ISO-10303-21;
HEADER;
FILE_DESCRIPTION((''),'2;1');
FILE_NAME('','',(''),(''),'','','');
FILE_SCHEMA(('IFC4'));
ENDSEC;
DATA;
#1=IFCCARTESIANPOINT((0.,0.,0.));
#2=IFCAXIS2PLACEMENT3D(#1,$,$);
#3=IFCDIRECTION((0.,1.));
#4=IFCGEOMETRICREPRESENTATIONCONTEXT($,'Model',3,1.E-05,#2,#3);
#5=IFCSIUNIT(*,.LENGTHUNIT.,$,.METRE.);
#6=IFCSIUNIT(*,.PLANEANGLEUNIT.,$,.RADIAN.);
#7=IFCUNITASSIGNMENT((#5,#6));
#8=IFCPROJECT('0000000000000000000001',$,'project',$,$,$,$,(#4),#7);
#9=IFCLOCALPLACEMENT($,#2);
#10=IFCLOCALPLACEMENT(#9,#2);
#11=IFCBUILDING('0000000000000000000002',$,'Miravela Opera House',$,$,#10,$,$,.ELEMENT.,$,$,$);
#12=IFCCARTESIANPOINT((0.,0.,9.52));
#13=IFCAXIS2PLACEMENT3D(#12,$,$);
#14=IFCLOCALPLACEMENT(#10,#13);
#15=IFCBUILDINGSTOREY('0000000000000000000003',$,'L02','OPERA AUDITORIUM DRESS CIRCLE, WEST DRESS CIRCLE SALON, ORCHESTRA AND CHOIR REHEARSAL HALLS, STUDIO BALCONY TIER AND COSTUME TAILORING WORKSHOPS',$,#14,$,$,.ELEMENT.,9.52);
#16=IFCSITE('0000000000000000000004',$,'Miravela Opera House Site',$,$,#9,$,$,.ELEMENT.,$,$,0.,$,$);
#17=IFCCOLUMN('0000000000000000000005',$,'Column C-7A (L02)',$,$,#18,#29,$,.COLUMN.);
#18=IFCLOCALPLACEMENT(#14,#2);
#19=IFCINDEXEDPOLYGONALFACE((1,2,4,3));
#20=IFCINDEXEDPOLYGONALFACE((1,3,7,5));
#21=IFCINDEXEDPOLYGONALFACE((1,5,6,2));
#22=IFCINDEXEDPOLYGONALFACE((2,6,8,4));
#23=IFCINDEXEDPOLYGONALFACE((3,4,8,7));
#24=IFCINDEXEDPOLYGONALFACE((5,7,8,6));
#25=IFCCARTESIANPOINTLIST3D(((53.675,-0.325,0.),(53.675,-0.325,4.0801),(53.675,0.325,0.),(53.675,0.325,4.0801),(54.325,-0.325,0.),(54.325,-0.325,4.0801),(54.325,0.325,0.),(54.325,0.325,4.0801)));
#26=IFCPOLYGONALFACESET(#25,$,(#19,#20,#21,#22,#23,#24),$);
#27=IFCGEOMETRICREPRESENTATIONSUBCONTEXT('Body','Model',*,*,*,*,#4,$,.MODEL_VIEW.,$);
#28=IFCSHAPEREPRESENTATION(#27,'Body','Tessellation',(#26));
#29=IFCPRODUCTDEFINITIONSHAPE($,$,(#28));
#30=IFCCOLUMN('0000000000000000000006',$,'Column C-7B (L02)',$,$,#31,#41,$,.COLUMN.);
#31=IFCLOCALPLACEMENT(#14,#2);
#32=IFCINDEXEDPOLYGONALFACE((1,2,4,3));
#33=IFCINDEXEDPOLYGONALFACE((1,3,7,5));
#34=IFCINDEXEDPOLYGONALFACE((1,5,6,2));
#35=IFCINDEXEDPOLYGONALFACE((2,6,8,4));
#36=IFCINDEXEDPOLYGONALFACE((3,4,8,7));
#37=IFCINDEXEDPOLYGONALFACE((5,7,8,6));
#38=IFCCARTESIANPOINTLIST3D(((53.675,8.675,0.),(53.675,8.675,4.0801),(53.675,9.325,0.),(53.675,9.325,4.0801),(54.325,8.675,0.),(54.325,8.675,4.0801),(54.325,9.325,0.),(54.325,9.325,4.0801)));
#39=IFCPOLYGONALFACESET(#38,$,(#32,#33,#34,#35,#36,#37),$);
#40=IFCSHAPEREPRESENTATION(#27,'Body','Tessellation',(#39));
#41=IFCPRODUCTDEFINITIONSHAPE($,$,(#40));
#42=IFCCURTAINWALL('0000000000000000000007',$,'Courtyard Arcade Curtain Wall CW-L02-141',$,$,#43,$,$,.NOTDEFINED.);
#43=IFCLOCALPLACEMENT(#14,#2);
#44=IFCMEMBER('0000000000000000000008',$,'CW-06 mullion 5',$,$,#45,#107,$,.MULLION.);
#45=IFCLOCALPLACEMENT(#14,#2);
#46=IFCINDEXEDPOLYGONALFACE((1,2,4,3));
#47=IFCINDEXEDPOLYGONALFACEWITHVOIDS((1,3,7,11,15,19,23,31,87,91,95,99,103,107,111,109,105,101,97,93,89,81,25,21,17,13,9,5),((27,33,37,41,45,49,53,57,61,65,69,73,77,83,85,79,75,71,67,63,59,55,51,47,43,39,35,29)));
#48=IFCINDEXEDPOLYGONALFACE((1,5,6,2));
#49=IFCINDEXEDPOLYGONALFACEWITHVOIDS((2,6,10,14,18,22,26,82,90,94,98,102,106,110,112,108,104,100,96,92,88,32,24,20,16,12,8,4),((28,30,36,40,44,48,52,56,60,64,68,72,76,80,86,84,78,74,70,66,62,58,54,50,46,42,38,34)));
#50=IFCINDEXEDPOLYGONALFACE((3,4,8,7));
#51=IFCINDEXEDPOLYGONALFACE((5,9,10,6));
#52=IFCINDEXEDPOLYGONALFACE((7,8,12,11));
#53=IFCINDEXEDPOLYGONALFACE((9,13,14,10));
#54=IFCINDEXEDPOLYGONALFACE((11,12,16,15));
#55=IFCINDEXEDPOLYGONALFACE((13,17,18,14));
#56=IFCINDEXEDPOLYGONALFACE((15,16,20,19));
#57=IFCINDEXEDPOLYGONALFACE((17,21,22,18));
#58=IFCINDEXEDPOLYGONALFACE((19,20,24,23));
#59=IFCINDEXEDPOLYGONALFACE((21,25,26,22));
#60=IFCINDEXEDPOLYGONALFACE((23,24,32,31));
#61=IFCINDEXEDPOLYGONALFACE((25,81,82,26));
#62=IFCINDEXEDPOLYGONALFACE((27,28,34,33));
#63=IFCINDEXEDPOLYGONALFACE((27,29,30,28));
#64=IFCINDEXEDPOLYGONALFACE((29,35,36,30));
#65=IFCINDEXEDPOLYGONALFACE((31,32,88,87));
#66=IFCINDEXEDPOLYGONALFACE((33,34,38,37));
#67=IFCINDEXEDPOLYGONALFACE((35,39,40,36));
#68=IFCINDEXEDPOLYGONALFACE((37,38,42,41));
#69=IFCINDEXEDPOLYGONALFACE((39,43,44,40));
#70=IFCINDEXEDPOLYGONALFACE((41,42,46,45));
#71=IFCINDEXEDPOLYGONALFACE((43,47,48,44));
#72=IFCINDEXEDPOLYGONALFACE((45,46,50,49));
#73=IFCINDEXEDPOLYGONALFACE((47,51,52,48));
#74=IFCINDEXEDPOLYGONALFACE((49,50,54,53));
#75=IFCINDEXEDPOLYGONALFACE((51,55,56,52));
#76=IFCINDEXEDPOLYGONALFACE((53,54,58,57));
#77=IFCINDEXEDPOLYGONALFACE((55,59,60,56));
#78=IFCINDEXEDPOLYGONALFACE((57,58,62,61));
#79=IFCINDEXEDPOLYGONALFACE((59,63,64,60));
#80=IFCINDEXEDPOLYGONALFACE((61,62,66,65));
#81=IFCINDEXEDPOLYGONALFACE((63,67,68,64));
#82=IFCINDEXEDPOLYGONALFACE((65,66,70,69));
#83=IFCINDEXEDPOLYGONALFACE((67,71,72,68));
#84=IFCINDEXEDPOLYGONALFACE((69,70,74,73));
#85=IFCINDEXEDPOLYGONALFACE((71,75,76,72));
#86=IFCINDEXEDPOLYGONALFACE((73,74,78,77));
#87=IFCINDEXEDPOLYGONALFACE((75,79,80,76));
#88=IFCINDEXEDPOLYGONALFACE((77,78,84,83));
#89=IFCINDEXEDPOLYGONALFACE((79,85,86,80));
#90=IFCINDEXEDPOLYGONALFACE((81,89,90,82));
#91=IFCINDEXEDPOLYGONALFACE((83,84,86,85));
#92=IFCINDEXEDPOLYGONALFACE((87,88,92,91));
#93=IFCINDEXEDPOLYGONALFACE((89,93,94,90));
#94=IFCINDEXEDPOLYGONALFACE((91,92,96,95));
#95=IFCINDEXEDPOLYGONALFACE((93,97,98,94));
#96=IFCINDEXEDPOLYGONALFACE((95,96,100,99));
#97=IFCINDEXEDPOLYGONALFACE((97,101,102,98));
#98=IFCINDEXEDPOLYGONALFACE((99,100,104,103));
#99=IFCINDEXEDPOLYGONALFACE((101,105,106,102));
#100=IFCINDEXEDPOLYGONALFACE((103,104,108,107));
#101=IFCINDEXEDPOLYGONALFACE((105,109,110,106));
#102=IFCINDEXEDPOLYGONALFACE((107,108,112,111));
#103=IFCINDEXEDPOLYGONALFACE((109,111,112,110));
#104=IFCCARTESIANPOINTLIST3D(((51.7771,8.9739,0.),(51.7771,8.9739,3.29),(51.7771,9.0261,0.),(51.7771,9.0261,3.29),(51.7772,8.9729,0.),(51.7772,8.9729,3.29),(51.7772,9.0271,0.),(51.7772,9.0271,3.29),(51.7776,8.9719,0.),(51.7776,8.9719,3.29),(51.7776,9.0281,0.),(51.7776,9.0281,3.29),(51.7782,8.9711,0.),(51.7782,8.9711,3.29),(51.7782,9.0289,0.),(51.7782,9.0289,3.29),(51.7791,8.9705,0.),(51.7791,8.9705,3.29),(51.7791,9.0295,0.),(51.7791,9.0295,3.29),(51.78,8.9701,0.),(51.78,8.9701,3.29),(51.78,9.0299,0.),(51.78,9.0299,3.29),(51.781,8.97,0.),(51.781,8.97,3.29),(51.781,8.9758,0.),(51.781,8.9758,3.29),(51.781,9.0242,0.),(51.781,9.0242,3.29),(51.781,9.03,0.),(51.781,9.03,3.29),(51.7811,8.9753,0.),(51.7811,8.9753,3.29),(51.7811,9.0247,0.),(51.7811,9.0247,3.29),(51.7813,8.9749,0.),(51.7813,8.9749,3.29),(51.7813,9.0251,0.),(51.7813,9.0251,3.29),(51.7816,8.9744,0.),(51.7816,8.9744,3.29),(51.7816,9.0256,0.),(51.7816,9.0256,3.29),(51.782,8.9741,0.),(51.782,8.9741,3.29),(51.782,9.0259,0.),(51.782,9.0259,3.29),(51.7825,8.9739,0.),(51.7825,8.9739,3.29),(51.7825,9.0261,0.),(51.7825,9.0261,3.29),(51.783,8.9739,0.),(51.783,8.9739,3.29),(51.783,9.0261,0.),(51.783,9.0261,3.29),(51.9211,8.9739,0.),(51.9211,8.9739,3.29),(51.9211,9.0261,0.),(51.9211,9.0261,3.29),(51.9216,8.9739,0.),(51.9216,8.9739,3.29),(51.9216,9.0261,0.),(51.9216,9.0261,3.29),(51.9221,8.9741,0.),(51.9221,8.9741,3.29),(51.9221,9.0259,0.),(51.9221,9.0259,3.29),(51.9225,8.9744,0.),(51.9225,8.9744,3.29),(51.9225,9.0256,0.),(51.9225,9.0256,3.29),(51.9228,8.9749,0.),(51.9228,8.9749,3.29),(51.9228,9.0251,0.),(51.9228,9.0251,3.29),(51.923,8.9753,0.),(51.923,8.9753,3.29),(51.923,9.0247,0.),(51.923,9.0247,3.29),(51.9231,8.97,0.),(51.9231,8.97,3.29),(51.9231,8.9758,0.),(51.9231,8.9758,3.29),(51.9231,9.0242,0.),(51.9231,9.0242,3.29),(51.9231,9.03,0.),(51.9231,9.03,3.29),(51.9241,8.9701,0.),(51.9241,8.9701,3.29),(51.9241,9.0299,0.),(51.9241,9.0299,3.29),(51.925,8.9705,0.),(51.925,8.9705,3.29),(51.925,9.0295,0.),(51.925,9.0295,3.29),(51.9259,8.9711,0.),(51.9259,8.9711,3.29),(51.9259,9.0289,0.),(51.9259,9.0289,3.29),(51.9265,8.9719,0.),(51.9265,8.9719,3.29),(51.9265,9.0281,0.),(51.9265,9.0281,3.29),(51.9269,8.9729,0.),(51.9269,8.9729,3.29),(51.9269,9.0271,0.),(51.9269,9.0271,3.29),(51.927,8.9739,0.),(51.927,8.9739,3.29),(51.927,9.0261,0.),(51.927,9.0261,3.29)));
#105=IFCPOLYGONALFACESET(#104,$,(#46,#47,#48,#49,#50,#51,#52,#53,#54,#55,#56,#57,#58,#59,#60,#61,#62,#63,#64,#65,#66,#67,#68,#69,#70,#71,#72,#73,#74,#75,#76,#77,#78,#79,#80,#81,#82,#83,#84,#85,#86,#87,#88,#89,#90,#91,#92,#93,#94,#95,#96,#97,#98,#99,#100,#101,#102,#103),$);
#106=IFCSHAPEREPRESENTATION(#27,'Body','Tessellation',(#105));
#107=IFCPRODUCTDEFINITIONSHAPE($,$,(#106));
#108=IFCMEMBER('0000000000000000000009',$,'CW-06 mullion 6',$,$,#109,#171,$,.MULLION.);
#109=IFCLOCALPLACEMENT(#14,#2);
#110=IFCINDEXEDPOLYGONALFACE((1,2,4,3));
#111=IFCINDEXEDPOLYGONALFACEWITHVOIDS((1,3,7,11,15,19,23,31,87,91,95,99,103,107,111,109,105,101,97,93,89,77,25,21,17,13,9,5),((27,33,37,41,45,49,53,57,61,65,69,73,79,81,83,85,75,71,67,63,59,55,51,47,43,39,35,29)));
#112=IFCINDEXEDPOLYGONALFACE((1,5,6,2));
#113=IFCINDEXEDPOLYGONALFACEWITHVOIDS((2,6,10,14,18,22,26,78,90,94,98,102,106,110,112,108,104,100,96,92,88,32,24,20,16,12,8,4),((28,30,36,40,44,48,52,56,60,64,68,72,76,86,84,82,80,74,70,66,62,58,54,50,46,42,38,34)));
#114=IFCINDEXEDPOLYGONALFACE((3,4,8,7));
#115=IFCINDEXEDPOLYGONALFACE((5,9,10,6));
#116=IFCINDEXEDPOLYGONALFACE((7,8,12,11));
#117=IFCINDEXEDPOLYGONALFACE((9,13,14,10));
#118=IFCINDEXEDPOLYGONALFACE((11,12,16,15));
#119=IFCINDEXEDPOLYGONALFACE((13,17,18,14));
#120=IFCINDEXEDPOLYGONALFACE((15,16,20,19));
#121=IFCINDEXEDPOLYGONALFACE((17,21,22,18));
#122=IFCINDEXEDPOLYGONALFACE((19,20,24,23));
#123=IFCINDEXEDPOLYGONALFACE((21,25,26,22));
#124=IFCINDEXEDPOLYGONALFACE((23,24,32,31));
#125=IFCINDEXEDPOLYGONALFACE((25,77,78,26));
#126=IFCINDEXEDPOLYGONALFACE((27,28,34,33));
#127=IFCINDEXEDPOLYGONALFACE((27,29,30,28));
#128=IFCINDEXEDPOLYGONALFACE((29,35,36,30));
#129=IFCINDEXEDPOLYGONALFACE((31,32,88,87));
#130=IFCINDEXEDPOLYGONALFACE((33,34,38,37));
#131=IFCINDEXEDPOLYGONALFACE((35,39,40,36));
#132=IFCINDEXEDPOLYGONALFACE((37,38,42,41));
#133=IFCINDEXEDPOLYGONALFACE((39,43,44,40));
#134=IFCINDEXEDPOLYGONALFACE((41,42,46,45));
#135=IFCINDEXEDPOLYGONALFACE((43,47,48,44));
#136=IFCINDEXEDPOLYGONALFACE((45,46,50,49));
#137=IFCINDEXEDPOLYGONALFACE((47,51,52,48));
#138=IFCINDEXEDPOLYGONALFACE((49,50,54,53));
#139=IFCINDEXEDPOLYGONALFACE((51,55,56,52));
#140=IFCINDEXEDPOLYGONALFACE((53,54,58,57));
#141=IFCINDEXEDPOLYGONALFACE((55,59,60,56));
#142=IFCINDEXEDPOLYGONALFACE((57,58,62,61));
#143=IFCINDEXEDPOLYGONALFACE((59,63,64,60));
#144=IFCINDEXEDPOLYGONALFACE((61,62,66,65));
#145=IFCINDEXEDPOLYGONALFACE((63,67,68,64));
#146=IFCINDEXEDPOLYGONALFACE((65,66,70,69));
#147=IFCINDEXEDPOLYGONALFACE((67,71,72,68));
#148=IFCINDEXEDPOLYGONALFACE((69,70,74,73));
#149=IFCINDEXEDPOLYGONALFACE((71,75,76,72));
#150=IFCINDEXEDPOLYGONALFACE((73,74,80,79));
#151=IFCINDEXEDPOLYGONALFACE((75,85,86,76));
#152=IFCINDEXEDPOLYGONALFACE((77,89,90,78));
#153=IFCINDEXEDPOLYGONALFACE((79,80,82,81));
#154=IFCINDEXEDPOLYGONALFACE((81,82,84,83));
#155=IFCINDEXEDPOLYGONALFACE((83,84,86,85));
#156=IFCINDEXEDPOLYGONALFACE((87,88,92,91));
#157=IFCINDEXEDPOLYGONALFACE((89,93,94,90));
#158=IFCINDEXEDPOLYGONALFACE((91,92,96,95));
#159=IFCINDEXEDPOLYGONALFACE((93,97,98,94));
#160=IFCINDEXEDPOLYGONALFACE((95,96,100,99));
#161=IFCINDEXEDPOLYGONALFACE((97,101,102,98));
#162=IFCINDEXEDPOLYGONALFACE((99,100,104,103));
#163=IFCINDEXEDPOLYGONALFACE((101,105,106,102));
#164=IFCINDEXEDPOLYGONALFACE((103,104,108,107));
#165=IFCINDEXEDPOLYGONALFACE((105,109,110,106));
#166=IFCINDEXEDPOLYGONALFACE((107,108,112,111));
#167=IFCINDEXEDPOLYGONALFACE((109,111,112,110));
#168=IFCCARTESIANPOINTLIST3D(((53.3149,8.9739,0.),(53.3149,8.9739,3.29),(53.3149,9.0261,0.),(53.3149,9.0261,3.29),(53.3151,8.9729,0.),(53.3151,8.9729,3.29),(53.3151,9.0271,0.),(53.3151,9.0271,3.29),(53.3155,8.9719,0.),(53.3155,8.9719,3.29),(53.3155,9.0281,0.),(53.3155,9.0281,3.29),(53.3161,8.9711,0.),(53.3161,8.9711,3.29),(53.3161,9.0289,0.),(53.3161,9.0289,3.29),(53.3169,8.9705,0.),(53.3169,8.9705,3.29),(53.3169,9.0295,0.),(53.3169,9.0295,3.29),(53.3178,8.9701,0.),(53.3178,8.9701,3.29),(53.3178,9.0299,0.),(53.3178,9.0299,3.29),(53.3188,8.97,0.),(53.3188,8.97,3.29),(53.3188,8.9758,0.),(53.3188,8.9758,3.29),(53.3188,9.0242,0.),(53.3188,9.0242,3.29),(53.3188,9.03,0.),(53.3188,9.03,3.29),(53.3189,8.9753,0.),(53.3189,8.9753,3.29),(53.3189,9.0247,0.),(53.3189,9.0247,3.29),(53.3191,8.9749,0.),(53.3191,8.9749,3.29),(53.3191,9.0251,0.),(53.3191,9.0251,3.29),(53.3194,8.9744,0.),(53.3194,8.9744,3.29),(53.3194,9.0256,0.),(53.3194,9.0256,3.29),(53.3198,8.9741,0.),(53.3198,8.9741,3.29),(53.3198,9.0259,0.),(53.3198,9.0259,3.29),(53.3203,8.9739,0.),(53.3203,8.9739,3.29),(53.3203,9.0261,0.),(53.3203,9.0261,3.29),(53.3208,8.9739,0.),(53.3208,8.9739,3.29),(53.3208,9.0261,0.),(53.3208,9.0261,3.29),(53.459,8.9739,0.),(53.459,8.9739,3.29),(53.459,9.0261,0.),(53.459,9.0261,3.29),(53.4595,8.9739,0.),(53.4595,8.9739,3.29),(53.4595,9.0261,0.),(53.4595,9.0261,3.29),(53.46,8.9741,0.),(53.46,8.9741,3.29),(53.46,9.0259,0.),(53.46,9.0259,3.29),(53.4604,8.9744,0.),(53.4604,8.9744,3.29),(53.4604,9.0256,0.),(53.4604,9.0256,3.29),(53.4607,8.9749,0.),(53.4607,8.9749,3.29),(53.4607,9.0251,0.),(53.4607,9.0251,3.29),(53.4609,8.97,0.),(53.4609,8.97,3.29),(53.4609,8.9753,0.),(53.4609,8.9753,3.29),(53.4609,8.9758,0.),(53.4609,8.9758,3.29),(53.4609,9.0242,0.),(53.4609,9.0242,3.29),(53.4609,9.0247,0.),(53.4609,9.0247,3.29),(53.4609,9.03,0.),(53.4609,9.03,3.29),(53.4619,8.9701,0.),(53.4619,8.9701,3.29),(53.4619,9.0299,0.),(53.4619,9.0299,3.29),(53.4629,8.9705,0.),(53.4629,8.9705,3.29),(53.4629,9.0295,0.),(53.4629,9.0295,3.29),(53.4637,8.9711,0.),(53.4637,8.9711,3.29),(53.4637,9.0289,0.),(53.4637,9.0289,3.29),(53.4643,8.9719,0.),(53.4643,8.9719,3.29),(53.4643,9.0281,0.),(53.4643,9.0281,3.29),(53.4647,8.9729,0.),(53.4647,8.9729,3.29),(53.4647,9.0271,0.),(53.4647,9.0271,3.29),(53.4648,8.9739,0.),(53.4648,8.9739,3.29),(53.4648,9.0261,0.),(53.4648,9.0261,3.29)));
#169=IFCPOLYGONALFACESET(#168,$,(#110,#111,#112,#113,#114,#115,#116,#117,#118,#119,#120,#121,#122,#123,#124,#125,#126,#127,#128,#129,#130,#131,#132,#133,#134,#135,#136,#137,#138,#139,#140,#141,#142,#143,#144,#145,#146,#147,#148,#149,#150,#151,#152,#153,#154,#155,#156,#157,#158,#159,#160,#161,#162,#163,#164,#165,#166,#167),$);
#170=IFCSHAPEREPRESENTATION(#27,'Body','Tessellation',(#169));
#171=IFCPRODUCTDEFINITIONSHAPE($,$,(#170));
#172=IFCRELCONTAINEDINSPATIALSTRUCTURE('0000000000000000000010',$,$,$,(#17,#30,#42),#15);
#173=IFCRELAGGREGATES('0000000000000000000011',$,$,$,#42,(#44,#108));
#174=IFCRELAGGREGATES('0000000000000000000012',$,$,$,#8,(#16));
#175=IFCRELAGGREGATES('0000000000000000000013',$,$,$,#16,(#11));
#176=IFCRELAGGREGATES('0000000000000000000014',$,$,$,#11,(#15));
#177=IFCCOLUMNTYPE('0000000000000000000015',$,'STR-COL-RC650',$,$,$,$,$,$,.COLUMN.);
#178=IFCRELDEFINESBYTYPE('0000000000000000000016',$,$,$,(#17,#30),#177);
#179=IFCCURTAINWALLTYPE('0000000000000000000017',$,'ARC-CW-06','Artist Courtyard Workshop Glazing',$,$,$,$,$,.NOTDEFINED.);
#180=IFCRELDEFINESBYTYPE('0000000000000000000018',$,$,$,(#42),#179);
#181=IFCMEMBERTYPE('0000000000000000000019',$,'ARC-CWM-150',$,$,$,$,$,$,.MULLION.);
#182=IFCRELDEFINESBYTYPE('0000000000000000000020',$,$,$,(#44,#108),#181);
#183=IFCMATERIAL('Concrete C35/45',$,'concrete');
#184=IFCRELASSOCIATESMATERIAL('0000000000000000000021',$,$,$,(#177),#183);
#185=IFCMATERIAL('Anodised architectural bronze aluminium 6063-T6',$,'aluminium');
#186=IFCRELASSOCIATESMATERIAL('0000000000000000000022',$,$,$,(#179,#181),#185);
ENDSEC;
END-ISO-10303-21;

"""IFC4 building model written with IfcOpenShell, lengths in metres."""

from ifc_helpers import new_model, si_unit, direction, frame, origin, origin_2d, place, context, subcontext, project, spatial, rectangle, hollow_rectangle, extrude, material, material_profile, profile_set, type_object, element, aggregate, save


model = new_model("IFC4")

# Units and contexts
model_context = context("Model", 3, precision=1e-05, world=origin(), true_north=direction((0.0, 1.0)))
body_context = subcontext(model_context, "Body", "Model", "MODEL_VIEW")
ifc_project = project(units=[si_unit("LENGTHUNIT", "METRE"), si_unit("PLANEANGLEUNIT", "RADIAN")], contexts=[model_context])

# Site, building, storey
site_placement = place(None, origin())
site = spatial("IfcSite", under=ifc_project, at=site_placement, Name="Miravela Opera House Site", CompositionType="ELEMENT", RefElevation=0.0)
building_placement = place(site_placement, origin())
building = spatial("IfcBuilding", under=site, at=building_placement, Name="Miravela Opera House", CompositionType="ELEMENT")
storey_placement = place(building_placement, frame((0.0, 0.0, 9.52)))
storey = spatial("IfcBuildingStorey", under=building, at=storey_placement, Name="L02", Description="OPERA AUDITORIUM DRESS CIRCLE, WEST DRESS CIRCLE SALON, ORCHESTRA AND CHOIR REHEARSAL HALLS, STUDIO BALCONY TIER AND COSTUME TAILORING WORKSHOPS", CompositionType="ELEMENT", Elevation=9.52)

# Columns
ifc_material_1 = material(Name="Concrete C35/45", Category="concrete")
ifc_material_profile_1 = material_profile(ifc_material_1, rectangle(XDim=0.6499, YDim=0.6499, at=origin_2d()), Name="RC-COL-650X650")
ifc_profile_set_1 = profile_set([ifc_material_profile_1])
column_type = type_object("IfcColumnType", Name="STR-COL-RC650", PredefinedType="COLUMN", material=ifc_profile_set_1)
for number, where, z_axis, x_axis, name in (
    (1, (54.0, 0.0, 0.0), (0.0, 0.0, 1.0), (1.0, 0.0, 0.0), "Column C-7A (L02)"),
    (2, (54.0, 9.0, 0.0), (0.0, 0.0, 1.0), (1.0, 0.0, 0.0), "Column C-7B (L02)"),
):
    element("IfcColumn", number, at=place(storey_placement, frame(where, z_axis=z_axis, x_axis=x_axis)), inside=storey, type_object=column_type, Name=name, PredefinedType="COLUMN", context=body_context, shape_type="SweptSolid", body=[
        extrude(rectangle(XDim=0.6499, YDim=0.6499, at=origin_2d()), origin(), (0.0, 0.0, 1.0), 4.0801),
    ])

# Curtain wall, members
ifc_material_2 = material(Name="Anodised architectural bronze aluminium 6063-T6", Category="aluminium")
curtain_wall_type = type_object("IfcCurtainWallType", Name="ARC-CW-06", Description="Artist Courtyard Workshop Glazing", PredefinedType="NOTDEFINED", material=ifc_material_2)
curtain_wall_1_placement = place(storey_placement, origin())
curtain_wall_1 = element("IfcCurtainWall", 3, at=curtain_wall_1_placement, inside=storey, type_object=curtain_wall_type, Name="Courtyard Arcade Curtain Wall CW-L02-141", PredefinedType="NOTDEFINED")
ifc_material_profile_2 = material_profile(ifc_material_2, hollow_rectangle(XDim=0.0601, YDim=0.1499, WallThickness=0.0039, InnerFilletRadius=0.002, OuterFilletRadius=0.0039, at=origin_2d()), Name="CWM-60X150")
ifc_profile_set_2 = profile_set([ifc_material_profile_2])
member_type_1 = type_object("IfcMemberType", Name="ARC-CWM-150", PredefinedType="MULLION", material=ifc_profile_set_2)
member_1_placement = place(storey_placement, frame((51.8521, 9.0, 0.0), z_axis=(0.0, 0.0, 1.0), x_axis=(0.0, 1.0, 0.0)))
member_1 = element("IfcMember", 4, at=member_1_placement, type_object=member_type_1, Name="CW-06 mullion 5", PredefinedType="MULLION", context=body_context, shape_type="SweptSolid", body=[
    extrude(hollow_rectangle(XDim=0.0601, YDim=0.1499, WallThickness=0.0039, InnerFilletRadius=0.002, OuterFilletRadius=0.0039, at=origin_2d()), origin(), (0.0, 0.0, 1.0), 3.29),
])
member_2_placement = place(storey_placement, frame((53.3899, 9.0, 0.0), z_axis=(0.0, 0.0, 1.0), x_axis=(0.0, 1.0, 0.0)))
member_2 = element("IfcMember", 5, at=member_2_placement, type_object=member_type_1, Name="CW-06 mullion 6", PredefinedType="MULLION", context=body_context, shape_type="SweptSolid", body=[
    extrude(hollow_rectangle(XDim=0.0601, YDim=0.1499, WallThickness=0.0039, InnerFilletRadius=0.002, OuterFilletRadius=0.0039, at=origin_2d()), origin(), (0.0, 0.0, 1.0), 3.29),
])

aggregate(curtain_wall_1, [member_1, member_2])

save(model, "model.ifc")
